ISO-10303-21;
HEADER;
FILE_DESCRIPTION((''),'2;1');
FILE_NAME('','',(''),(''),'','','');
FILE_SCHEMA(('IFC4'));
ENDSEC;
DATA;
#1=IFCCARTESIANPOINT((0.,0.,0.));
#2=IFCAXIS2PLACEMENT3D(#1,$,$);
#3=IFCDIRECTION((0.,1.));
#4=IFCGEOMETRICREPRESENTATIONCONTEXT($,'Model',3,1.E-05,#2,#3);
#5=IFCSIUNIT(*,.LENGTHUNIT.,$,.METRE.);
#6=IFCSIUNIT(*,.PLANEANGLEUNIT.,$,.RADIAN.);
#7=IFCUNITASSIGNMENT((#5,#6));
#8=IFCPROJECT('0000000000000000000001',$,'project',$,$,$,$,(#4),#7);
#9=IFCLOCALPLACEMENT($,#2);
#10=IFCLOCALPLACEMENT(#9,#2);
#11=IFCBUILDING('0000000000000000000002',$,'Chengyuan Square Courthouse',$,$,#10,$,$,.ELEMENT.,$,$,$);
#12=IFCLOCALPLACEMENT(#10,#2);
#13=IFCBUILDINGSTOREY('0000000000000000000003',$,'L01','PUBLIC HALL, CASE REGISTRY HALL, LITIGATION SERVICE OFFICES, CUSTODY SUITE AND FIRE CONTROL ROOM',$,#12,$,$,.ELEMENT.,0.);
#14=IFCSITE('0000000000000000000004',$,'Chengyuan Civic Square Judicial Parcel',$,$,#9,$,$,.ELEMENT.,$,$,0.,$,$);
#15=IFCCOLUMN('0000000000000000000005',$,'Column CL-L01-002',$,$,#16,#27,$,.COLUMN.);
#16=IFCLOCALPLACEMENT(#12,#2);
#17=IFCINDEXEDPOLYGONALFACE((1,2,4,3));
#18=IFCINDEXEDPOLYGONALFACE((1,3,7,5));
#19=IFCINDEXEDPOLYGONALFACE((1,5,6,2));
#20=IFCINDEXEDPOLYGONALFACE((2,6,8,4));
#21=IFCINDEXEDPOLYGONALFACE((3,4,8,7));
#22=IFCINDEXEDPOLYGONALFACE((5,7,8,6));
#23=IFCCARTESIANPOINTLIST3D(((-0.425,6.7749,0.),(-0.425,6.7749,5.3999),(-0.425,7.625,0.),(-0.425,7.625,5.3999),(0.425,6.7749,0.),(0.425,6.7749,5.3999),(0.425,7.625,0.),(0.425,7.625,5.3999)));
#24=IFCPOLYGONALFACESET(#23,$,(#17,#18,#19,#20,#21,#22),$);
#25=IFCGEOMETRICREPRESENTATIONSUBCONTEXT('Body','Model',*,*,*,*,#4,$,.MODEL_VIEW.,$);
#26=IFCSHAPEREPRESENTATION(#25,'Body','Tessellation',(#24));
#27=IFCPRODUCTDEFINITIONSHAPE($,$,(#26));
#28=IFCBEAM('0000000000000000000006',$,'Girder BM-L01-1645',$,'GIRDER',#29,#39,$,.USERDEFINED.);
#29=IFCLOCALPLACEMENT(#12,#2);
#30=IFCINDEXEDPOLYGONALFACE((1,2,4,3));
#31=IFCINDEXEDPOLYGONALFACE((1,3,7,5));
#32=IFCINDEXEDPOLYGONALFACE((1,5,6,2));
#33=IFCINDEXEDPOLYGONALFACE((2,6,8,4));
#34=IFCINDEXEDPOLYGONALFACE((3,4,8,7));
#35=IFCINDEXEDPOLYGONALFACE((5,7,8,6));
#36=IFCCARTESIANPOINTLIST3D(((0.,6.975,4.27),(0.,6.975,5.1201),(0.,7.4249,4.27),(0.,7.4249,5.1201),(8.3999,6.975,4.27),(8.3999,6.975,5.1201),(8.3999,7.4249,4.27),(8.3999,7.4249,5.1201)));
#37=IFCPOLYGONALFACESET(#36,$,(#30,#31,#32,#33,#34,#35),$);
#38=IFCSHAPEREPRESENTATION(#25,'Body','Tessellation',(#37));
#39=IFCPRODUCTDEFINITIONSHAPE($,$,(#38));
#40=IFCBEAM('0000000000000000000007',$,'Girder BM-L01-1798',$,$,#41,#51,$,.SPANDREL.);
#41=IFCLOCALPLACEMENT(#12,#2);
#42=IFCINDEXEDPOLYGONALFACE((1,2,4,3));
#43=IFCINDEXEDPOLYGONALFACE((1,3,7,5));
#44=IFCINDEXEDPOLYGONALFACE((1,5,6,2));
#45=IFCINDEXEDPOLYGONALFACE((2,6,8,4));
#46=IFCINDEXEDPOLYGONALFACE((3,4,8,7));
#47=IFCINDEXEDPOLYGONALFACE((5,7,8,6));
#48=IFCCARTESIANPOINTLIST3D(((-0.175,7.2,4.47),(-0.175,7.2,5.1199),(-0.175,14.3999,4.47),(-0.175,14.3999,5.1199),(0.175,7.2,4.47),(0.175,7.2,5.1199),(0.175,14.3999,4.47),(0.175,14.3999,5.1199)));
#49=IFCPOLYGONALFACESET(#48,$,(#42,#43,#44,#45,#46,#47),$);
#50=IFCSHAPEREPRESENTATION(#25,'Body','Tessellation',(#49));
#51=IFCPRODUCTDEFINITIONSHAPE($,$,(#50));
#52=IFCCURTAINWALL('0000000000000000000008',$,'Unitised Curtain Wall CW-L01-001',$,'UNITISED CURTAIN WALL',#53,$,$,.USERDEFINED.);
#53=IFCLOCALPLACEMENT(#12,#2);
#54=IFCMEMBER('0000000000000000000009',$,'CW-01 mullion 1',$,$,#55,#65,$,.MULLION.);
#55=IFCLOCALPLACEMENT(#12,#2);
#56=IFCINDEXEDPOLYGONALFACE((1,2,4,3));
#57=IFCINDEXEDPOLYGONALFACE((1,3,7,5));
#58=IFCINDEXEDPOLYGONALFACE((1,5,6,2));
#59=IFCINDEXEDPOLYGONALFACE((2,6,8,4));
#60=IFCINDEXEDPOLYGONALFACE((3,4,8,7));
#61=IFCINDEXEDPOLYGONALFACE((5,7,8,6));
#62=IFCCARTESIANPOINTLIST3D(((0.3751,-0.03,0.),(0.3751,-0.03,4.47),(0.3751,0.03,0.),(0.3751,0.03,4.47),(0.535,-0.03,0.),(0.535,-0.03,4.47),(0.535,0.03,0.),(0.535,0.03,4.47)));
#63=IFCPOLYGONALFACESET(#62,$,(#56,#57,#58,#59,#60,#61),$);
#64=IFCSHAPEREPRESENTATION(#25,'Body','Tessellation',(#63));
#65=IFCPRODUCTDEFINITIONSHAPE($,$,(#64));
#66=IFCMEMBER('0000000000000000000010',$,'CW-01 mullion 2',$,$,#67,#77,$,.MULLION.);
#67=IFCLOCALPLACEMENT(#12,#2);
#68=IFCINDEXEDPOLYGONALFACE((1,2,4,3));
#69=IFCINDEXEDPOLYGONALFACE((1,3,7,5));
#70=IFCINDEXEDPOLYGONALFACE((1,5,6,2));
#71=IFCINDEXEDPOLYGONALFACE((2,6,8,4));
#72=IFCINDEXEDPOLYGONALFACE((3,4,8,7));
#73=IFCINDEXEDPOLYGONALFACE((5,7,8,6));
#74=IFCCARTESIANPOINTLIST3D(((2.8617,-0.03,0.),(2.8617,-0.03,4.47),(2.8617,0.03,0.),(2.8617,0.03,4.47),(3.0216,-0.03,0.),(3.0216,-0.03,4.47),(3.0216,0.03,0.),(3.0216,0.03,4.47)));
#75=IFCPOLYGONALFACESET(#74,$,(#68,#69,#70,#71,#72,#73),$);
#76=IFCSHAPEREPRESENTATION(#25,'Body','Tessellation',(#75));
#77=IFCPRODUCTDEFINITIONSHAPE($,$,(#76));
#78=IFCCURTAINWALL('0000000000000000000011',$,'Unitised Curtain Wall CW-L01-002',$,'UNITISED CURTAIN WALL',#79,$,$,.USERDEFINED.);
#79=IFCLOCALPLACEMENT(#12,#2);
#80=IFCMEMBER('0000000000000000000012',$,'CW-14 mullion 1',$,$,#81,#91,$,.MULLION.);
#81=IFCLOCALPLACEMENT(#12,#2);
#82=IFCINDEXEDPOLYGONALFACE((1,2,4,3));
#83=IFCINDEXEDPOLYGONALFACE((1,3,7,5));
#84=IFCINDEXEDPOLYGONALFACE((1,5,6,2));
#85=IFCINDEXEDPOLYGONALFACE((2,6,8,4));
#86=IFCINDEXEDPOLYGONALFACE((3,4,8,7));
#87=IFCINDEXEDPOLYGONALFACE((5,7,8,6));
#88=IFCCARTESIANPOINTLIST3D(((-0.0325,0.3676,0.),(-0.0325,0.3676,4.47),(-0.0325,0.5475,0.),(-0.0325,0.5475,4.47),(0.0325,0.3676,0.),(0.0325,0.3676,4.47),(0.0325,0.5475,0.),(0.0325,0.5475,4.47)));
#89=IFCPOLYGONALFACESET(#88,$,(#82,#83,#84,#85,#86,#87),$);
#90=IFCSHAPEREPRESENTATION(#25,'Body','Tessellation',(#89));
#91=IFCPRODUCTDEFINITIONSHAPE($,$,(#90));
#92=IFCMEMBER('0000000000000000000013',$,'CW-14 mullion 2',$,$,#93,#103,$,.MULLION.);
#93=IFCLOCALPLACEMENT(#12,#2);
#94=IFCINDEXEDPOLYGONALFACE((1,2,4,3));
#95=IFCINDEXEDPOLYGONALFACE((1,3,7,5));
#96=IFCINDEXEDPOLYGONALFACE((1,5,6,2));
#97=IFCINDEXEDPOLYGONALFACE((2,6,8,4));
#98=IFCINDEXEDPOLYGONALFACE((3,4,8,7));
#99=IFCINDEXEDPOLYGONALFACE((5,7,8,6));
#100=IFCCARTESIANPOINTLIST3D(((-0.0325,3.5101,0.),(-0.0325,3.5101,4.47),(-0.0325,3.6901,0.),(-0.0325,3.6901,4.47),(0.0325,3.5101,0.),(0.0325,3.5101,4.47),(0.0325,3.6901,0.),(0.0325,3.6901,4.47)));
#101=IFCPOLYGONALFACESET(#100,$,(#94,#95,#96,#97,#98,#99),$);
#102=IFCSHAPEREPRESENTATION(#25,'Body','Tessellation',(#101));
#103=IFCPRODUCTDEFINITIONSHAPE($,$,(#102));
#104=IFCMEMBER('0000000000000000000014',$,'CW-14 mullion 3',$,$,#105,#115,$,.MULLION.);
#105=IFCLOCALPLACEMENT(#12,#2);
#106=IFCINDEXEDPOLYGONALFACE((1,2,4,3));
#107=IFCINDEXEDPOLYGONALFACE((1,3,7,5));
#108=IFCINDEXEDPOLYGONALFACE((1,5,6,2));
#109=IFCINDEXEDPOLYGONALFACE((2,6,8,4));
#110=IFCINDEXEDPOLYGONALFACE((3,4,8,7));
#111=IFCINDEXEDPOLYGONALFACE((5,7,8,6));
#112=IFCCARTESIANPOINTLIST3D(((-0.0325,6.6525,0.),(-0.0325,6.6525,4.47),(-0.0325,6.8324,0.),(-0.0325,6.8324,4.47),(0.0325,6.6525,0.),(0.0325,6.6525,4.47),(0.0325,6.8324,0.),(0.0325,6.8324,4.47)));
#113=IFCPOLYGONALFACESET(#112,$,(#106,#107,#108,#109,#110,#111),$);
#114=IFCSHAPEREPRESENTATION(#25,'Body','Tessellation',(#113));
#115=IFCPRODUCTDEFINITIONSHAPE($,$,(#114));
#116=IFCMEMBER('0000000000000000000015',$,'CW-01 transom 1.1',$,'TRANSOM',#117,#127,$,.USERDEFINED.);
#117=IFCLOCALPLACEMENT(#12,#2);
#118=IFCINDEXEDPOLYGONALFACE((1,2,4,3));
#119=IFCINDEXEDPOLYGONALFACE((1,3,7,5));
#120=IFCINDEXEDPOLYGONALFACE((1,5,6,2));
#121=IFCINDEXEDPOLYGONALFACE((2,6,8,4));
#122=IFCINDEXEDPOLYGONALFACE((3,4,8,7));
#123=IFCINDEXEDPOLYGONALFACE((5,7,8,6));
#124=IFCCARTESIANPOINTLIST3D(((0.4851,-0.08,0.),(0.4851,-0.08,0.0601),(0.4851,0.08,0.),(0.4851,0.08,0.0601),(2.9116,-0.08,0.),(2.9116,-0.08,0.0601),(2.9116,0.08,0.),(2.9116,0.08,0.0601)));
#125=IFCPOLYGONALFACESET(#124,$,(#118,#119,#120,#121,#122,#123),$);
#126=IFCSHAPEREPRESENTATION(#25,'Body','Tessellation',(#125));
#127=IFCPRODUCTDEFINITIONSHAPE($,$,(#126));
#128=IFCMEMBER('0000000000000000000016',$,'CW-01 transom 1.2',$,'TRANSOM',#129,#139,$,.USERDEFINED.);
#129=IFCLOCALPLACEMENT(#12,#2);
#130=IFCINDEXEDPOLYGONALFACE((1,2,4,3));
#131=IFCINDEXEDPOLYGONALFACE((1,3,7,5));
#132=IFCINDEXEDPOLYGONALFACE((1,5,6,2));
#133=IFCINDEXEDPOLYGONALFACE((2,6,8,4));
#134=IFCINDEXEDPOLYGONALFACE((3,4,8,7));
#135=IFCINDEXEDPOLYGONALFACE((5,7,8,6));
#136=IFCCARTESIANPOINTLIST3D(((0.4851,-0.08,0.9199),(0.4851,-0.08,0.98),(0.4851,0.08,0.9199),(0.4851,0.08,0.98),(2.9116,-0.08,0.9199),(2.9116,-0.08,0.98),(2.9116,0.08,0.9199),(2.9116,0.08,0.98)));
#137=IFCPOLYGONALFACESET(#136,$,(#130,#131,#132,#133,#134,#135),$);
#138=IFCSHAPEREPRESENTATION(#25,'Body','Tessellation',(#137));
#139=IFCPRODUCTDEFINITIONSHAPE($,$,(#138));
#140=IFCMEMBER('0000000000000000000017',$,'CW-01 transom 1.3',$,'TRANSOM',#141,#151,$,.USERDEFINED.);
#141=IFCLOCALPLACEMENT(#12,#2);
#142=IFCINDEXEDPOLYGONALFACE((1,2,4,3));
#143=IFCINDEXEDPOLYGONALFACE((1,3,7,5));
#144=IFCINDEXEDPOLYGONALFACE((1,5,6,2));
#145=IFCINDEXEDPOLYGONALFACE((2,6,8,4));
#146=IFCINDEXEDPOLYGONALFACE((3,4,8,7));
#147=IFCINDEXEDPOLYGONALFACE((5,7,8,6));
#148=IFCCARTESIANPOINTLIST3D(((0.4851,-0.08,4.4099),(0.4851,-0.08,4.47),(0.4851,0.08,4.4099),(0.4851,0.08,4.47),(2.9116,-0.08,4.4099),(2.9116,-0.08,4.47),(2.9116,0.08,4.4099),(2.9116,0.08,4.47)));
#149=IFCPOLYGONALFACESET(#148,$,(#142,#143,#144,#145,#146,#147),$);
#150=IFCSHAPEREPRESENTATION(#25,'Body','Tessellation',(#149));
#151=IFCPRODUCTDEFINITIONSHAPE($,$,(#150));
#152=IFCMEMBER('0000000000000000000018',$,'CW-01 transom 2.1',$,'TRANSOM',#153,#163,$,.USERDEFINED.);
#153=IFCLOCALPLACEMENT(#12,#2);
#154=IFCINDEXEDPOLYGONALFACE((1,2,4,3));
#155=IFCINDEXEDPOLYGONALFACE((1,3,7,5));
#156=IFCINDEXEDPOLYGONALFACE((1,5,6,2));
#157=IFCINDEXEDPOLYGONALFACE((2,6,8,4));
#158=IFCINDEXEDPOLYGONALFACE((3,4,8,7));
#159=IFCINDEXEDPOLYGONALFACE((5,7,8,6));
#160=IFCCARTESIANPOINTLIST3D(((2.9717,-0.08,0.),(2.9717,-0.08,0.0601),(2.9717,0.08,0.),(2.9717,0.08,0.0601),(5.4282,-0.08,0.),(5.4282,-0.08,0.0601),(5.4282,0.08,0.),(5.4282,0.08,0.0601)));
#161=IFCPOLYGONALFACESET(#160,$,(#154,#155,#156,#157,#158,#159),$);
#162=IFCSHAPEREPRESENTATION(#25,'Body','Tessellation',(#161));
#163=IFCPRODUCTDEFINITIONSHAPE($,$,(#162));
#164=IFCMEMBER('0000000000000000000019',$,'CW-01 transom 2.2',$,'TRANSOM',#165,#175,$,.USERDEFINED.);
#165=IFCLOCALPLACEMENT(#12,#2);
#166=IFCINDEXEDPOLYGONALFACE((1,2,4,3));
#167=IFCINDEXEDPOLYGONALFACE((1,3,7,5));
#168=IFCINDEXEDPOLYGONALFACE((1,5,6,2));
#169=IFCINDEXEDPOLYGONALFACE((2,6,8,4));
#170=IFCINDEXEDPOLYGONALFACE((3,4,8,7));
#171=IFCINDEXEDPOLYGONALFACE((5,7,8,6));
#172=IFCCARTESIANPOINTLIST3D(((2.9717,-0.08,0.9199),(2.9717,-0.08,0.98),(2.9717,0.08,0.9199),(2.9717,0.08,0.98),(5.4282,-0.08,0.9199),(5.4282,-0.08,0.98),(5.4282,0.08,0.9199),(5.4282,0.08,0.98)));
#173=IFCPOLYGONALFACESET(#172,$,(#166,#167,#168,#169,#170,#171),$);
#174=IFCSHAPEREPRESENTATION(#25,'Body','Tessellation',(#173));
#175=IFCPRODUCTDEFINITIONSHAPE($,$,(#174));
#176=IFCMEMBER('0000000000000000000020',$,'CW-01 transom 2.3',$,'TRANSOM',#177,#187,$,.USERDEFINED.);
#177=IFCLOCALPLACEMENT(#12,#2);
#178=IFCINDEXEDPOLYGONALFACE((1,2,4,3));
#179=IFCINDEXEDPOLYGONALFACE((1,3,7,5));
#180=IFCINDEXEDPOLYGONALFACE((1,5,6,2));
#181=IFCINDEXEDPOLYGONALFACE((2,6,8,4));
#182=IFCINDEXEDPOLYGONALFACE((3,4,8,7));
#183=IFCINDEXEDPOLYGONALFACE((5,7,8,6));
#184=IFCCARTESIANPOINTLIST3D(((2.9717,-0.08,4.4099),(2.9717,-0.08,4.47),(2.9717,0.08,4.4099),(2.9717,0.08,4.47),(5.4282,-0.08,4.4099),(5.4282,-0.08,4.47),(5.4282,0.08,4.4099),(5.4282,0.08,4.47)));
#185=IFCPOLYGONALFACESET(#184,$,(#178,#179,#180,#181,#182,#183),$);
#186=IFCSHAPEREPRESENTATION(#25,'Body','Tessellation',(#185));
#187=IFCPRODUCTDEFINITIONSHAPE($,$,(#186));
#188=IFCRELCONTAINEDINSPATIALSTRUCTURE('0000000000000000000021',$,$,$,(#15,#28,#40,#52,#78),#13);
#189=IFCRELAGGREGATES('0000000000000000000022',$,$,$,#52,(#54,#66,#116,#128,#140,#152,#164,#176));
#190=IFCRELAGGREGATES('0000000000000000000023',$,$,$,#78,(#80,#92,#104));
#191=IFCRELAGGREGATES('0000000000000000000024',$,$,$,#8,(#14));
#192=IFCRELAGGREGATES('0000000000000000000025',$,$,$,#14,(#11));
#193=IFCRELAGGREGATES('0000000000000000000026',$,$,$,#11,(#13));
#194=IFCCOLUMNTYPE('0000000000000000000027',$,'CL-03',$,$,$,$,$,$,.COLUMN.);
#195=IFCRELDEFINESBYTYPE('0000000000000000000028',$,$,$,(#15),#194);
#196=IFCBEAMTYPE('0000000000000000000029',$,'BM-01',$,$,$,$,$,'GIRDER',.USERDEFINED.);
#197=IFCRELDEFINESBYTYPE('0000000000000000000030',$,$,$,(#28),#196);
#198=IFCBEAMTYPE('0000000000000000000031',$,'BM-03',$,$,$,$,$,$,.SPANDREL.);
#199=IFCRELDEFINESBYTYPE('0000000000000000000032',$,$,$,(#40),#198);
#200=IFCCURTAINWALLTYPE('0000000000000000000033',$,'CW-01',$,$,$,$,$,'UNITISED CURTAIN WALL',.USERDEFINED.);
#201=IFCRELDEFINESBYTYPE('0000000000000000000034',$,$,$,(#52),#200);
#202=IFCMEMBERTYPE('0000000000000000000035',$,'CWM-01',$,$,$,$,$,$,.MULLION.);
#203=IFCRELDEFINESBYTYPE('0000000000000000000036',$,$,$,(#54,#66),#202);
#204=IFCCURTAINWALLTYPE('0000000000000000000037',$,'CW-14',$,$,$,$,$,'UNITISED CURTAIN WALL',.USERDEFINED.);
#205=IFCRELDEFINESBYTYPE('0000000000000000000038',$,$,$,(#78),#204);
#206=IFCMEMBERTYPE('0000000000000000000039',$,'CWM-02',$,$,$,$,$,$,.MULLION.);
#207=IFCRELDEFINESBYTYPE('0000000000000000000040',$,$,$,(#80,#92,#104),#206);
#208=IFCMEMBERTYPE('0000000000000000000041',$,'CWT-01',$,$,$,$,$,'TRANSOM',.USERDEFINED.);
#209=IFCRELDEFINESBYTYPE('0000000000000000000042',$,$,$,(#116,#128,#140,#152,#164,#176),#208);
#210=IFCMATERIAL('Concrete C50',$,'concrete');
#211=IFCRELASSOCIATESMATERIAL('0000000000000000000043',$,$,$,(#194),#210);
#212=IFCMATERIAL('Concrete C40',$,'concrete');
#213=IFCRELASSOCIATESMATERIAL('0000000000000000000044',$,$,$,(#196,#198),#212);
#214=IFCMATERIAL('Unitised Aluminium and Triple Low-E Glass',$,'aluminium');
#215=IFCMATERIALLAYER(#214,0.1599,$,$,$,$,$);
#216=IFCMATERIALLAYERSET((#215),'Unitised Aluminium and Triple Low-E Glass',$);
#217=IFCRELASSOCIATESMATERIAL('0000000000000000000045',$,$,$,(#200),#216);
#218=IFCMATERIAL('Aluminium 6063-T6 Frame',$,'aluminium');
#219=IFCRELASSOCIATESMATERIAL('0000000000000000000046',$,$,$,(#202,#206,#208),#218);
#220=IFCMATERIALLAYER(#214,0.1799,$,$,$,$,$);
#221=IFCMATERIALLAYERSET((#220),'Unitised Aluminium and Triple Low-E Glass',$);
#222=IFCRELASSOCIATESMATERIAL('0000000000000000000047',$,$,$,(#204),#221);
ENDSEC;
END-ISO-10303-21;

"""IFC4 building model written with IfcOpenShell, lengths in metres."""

from ifc_helpers import new_model, si_unit, direction, frame, origin, origin_2d, place, context, subcontext, project, spatial, rectangle, extrude, material, layer, layer_set, material_profile, profile_set, type_object, element, aggregate, save


model = new_model("IFC4")

# Units and contexts
model_context = context("Model", 3, precision=1e-05, world=origin(), true_north=direction((0.0, 1.0)))
body_context = subcontext(model_context, "Body", "Model", "MODEL_VIEW")
ifc_project = project(units=[si_unit("LENGTHUNIT", "METRE"), si_unit("PLANEANGLEUNIT", "RADIAN")], contexts=[model_context])

# Site, building, storey
site_placement = place(None, origin())
site = spatial("IfcSite", under=ifc_project, at=site_placement, Name="Chengyuan Civic Square Judicial Parcel", CompositionType="ELEMENT", RefElevation=0.0)
building_placement = place(site_placement, origin())
building = spatial("IfcBuilding", under=site, at=building_placement, Name="Chengyuan Square Courthouse", CompositionType="ELEMENT")
storey_placement = place(building_placement, origin())
storey = spatial("IfcBuildingStorey", under=building, at=storey_placement, Name="L01", Description="PUBLIC HALL, CASE REGISTRY HALL, LITIGATION SERVICE OFFICES, CUSTODY SUITE AND FIRE CONTROL ROOM", CompositionType="ELEMENT", Elevation=0.0)

# Column
ifc_material_1 = material(Name="Concrete C50", Category="concrete")
ifc_material_profile_1 = material_profile(ifc_material_1, rectangle(XDim=0.8501, YDim=0.8501, at=origin_2d()), Name="RC-COL-850x850")
ifc_profile_set_1 = profile_set([ifc_material_profile_1], Name="Concrete C50")
column_type = type_object("IfcColumnType", Name="CL-03", PredefinedType="COLUMN", material=ifc_profile_set_1)
column_placement = place(storey_placement, frame((0.0, 7.2, 0.0), z_axis=(0.0, 0.0, 1.0), x_axis=(1.0, 0.0, 0.0)))
element("IfcColumn", 1, at=column_placement, inside=storey, type_object=column_type, Name="Column CL-L01-002", PredefinedType="COLUMN", context=body_context, shape_type="SweptSolid", body=[
    extrude(rectangle(XDim=0.8501, YDim=0.8501, at=origin_2d()), origin(), (0.0, 0.0, 1.0), 5.3999),
])

# Beams
ifc_material_2 = material(Name="Concrete C40", Category="concrete")
ifc_material_profile_2 = material_profile(ifc_material_2, rectangle(XDim=0.45, YDim=0.8501, at=origin_2d()), Name="RC-BM-450x850")
ifc_profile_set_2 = profile_set([ifc_material_profile_2], Name="Concrete C40")
beam_type_1 = type_object("IfcBeamType", Name="BM-01", ElementType="GIRDER", PredefinedType="USERDEFINED", material=ifc_profile_set_2)
beam_1_placement = place(storey_placement, frame((0.0, 7.2, 4.6951), z_axis=(1.0, 0.0, 0.0), x_axis=(0.0, 1.0, 0.0)))
element("IfcBeam", 2, at=beam_1_placement, inside=storey, type_object=beam_type_1, Name="Girder BM-L01-1645", ObjectType="GIRDER", PredefinedType="USERDEFINED", context=body_context, shape_type="SweptSolid", body=[
    extrude(rectangle(XDim=0.45, YDim=0.8501, at=origin_2d()), origin(), (0.0, 0.0, 1.0), 8.3999),
])
ifc_material_profile_3 = material_profile(ifc_material_2, rectangle(XDim=0.3501, YDim=0.6499, at=origin_2d()), Name="RC-BM-350x650")
ifc_profile_set_3 = profile_set([ifc_material_profile_3], Name="Concrete C40")
beam_type_2 = type_object("IfcBeamType", Name="BM-03", PredefinedType="SPANDREL", material=ifc_profile_set_3)
beam_2_placement = place(storey_placement, frame((0.0, 7.2, 4.7949), z_axis=(0.0, 1.0, 0.0), x_axis=(-1.0, 0.0, 0.0)))
element("IfcBeam", 3, at=beam_2_placement, inside=storey, type_object=beam_type_2, Name="Girder BM-L01-1798", PredefinedType="SPANDREL", context=body_context, shape_type="SweptSolid", body=[
    extrude(rectangle(XDim=0.3501, YDim=0.6499, at=origin_2d()), origin(), (0.0, 0.0, 1.0), 7.2),
])

# Curtain walls, members
ifc_material_3 = material(Name="Unitised Aluminium and Triple Low-E Glass", Category="aluminium")
ifc_layer_1 = layer(ifc_material_3, 0.1599)
ifc_layer_set_1 = layer_set([ifc_layer_1], Name="Unitised Aluminium and Triple Low-E Glass")
curtain_wall_type_1 = type_object("IfcCurtainWallType", Name="CW-01", ElementType="UNITISED CURTAIN WALL", PredefinedType="USERDEFINED", material=ifc_layer_set_1)
curtain_wall_1_placement = place(storey_placement, origin())
curtain_wall_1 = element("IfcCurtainWall", 4, at=curtain_wall_1_placement, inside=storey, type_object=curtain_wall_type_1, Name="Unitised Curtain Wall CW-L01-001", ObjectType="UNITISED CURTAIN WALL", PredefinedType="USERDEFINED")
ifc_material_4 = material(Name="Aluminium 6063-T6 Frame", Category="aluminium")
ifc_material_profile_4 = material_profile(ifc_material_4, rectangle(XDim=0.0601, YDim=0.1599, at=origin_2d()), Name="CW-MUL-60x160")
ifc_profile_set_4 = profile_set([ifc_material_profile_4], Name="Aluminium 6063-T6 Frame")
member_type_1 = type_object("IfcMemberType", Name="CWM-01", PredefinedType="MULLION", material=ifc_profile_set_4)
member_1_placement = place(storey_placement, frame((0.4551, 0.0, 0.0), z_axis=(0.0, 0.0, 1.0), x_axis=(0.0, 1.0, 0.0)))
member_1 = element("IfcMember", 5, at=member_1_placement, type_object=member_type_1, Name="CW-01 mullion 1", PredefinedType="MULLION", context=body_context, shape_type="SweptSolid", body=[
    extrude(rectangle(XDim=0.0601, YDim=0.1599, at=origin_2d()), origin(), (0.0, 0.0, 1.0), 4.47),
])
member_2_placement = place(storey_placement, frame((2.9417, 0.0, 0.0), z_axis=(0.0, 0.0, 1.0), x_axis=(0.0, 1.0, 0.0)))
member_2 = element("IfcMember", 6, at=member_2_placement, type_object=member_type_1, Name="CW-01 mullion 2", PredefinedType="MULLION", context=body_context, shape_type="SweptSolid", body=[
    extrude(rectangle(XDim=0.0601, YDim=0.1599, at=origin_2d()), origin(), (0.0, 0.0, 1.0), 4.47),
])
ifc_layer_2 = layer(ifc_material_3, 0.1799)
ifc_layer_set_2 = layer_set([ifc_layer_2], Name="Unitised Aluminium and Triple Low-E Glass")
curtain_wall_type_2 = type_object("IfcCurtainWallType", Name="CW-14", ElementType="UNITISED CURTAIN WALL", PredefinedType="USERDEFINED", material=ifc_layer_set_2)
curtain_wall_2_placement = place(storey_placement, origin())
curtain_wall_2 = element("IfcCurtainWall", 7, at=curtain_wall_2_placement, inside=storey, type_object=curtain_wall_type_2, Name="Unitised Curtain Wall CW-L01-002", ObjectType="UNITISED CURTAIN WALL", PredefinedType="USERDEFINED")
ifc_material_profile_5 = material_profile(ifc_material_4, rectangle(XDim=0.0649, YDim=0.1799, at=origin_2d()), Name="CW-MUL-65x180")
ifc_profile_set_5 = profile_set([ifc_material_profile_5], Name="Aluminium 6063-T6 Frame")
member_type_2 = type_object("IfcMemberType", Name="CWM-02", PredefinedType="MULLION", material=ifc_profile_set_5)
member_3_placement = place(storey_placement, frame((0.0, 0.4575, 0.0), z_axis=(0.0, 0.0, 1.0), x_axis=(-1.0, 0.0, 0.0)))
member_3 = element("IfcMember", 8, at=member_3_placement, type_object=member_type_2, Name="CW-14 mullion 1", PredefinedType="MULLION", context=body_context, shape_type="SweptSolid", body=[
    extrude(rectangle(XDim=0.0649, YDim=0.1799, at=origin_2d()), origin(), (0.0, 0.0, 1.0), 4.47),
])
member_4_placement = place(storey_placement, frame((0.0, 3.6001, 0.0), z_axis=(0.0, 0.0, 1.0), x_axis=(-1.0, 0.0, 0.0)))
member_4 = element("IfcMember", 9, at=member_4_placement, type_object=member_type_2, Name="CW-14 mullion 2", PredefinedType="MULLION", context=body_context, shape_type="SweptSolid", body=[
    extrude(rectangle(XDim=0.0649, YDim=0.1799, at=origin_2d()), origin(), (0.0, 0.0, 1.0), 4.47),
])
member_5_placement = place(storey_placement, frame((0.0, 6.7424, 0.0), z_axis=(0.0, 0.0, 1.0), x_axis=(-1.0, 0.0, 0.0)))
member_5 = element("IfcMember", 10, at=member_5_placement, type_object=member_type_2, Name="CW-14 mullion 3", PredefinedType="MULLION", context=body_context, shape_type="SweptSolid", body=[
    extrude(rectangle(XDim=0.0649, YDim=0.1799, at=origin_2d()), origin(), (0.0, 0.0, 1.0), 4.47),
])

# Members
ifc_material_profile_6 = material_profile(ifc_material_4, rectangle(XDim=0.1599, YDim=0.0601, at=origin_2d()), Name="CW-TRN-60x120")
ifc_profile_set_6 = profile_set([ifc_material_profile_6], Name="Aluminium 6063-T6 Frame")
member_type_3 = type_object("IfcMemberType", Name="CWT-01", ElementType="TRANSOM", PredefinedType="USERDEFINED", material=ifc_profile_set_6)
member_6_placement = place(storey_placement, frame((0.4851, 0.0, 0.03), z_axis=(1.0, 0.0, 0.0), x_axis=(0.0, 1.0, 0.0)))
member_6 = element("IfcMember", 11, at=member_6_placement, type_object=member_type_3, Name="CW-01 transom 1.1", ObjectType="TRANSOM", PredefinedType="USERDEFINED", context=body_context, shape_type="SweptSolid", body=[
    extrude(rectangle(XDim=0.1599, YDim=0.0601, at=origin_2d()), origin(), (0.0, 0.0, 1.0), 2.4265),
])
member_7_placement = place(storey_placement, frame((0.4851, 0.0, 0.95), z_axis=(1.0, 0.0, 0.0), x_axis=(0.0, 1.0, 0.0)))
member_7 = element("IfcMember", 12, at=member_7_placement, type_object=member_type_3, Name="CW-01 transom 1.2", ObjectType="TRANSOM", PredefinedType="USERDEFINED", context=body_context, shape_type="SweptSolid", body=[
    extrude(rectangle(XDim=0.1599, YDim=0.0601, at=origin_2d()), origin(), (0.0, 0.0, 1.0), 2.4265),
])
member_8_placement = place(storey_placement, frame((0.4851, 0.0, 4.4399), z_axis=(1.0, 0.0, 0.0), x_axis=(0.0, 1.0, 0.0)))
member_8 = element("IfcMember", 13, at=member_8_placement, type_object=member_type_3, Name="CW-01 transom 1.3", ObjectType="TRANSOM", PredefinedType="USERDEFINED", context=body_context, shape_type="SweptSolid", body=[
    extrude(rectangle(XDim=0.1599, YDim=0.0601, at=origin_2d()), origin(), (0.0, 0.0, 1.0), 2.4265),
])
member_9_placement = place(storey_placement, frame((2.9717, 0.0, 0.03), z_axis=(1.0, 0.0, 0.0), x_axis=(0.0, 1.0, 0.0)))
member_9 = element("IfcMember", 14, at=member_9_placement, type_object=member_type_3, Name="CW-01 transom 2.1", ObjectType="TRANSOM", PredefinedType="USERDEFINED", context=body_context, shape_type="SweptSolid", body=[
    extrude(rectangle(XDim=0.1599, YDim=0.0601, at=origin_2d()), origin(), (0.0, 0.0, 1.0), 2.4565),
])
member_10_placement = place(storey_placement, frame((2.9717, 0.0, 0.95), z_axis=(1.0, 0.0, 0.0), x_axis=(0.0, 1.0, 0.0)))
member_10 = element("IfcMember", 15, at=member_10_placement, type_object=member_type_3, Name="CW-01 transom 2.2", ObjectType="TRANSOM", PredefinedType="USERDEFINED", context=body_context, shape_type="SweptSolid", body=[
    extrude(rectangle(XDim=0.1599, YDim=0.0601, at=origin_2d()), origin(), (0.0, 0.0, 1.0), 2.4565),
])
member_11_placement = place(storey_placement, frame((2.9717, 0.0, 4.4399), z_axis=(1.0, 0.0, 0.0), x_axis=(0.0, 1.0, 0.0)))
member_11 = element("IfcMember", 16, at=member_11_placement, type_object=member_type_3, Name="CW-01 transom 2.3", ObjectType="TRANSOM", PredefinedType="USERDEFINED", context=body_context, shape_type="SweptSolid", body=[
    extrude(rectangle(XDim=0.1599, YDim=0.0601, at=origin_2d()), origin(), (0.0, 0.0, 1.0), 2.4565),
])

aggregate(curtain_wall_1, [member_1, member_2, member_6, member_7, member_8, member_9, member_10, member_11])
aggregate(curtain_wall_2, [member_3, member_4, member_5])

save(model, "model.ifc")
